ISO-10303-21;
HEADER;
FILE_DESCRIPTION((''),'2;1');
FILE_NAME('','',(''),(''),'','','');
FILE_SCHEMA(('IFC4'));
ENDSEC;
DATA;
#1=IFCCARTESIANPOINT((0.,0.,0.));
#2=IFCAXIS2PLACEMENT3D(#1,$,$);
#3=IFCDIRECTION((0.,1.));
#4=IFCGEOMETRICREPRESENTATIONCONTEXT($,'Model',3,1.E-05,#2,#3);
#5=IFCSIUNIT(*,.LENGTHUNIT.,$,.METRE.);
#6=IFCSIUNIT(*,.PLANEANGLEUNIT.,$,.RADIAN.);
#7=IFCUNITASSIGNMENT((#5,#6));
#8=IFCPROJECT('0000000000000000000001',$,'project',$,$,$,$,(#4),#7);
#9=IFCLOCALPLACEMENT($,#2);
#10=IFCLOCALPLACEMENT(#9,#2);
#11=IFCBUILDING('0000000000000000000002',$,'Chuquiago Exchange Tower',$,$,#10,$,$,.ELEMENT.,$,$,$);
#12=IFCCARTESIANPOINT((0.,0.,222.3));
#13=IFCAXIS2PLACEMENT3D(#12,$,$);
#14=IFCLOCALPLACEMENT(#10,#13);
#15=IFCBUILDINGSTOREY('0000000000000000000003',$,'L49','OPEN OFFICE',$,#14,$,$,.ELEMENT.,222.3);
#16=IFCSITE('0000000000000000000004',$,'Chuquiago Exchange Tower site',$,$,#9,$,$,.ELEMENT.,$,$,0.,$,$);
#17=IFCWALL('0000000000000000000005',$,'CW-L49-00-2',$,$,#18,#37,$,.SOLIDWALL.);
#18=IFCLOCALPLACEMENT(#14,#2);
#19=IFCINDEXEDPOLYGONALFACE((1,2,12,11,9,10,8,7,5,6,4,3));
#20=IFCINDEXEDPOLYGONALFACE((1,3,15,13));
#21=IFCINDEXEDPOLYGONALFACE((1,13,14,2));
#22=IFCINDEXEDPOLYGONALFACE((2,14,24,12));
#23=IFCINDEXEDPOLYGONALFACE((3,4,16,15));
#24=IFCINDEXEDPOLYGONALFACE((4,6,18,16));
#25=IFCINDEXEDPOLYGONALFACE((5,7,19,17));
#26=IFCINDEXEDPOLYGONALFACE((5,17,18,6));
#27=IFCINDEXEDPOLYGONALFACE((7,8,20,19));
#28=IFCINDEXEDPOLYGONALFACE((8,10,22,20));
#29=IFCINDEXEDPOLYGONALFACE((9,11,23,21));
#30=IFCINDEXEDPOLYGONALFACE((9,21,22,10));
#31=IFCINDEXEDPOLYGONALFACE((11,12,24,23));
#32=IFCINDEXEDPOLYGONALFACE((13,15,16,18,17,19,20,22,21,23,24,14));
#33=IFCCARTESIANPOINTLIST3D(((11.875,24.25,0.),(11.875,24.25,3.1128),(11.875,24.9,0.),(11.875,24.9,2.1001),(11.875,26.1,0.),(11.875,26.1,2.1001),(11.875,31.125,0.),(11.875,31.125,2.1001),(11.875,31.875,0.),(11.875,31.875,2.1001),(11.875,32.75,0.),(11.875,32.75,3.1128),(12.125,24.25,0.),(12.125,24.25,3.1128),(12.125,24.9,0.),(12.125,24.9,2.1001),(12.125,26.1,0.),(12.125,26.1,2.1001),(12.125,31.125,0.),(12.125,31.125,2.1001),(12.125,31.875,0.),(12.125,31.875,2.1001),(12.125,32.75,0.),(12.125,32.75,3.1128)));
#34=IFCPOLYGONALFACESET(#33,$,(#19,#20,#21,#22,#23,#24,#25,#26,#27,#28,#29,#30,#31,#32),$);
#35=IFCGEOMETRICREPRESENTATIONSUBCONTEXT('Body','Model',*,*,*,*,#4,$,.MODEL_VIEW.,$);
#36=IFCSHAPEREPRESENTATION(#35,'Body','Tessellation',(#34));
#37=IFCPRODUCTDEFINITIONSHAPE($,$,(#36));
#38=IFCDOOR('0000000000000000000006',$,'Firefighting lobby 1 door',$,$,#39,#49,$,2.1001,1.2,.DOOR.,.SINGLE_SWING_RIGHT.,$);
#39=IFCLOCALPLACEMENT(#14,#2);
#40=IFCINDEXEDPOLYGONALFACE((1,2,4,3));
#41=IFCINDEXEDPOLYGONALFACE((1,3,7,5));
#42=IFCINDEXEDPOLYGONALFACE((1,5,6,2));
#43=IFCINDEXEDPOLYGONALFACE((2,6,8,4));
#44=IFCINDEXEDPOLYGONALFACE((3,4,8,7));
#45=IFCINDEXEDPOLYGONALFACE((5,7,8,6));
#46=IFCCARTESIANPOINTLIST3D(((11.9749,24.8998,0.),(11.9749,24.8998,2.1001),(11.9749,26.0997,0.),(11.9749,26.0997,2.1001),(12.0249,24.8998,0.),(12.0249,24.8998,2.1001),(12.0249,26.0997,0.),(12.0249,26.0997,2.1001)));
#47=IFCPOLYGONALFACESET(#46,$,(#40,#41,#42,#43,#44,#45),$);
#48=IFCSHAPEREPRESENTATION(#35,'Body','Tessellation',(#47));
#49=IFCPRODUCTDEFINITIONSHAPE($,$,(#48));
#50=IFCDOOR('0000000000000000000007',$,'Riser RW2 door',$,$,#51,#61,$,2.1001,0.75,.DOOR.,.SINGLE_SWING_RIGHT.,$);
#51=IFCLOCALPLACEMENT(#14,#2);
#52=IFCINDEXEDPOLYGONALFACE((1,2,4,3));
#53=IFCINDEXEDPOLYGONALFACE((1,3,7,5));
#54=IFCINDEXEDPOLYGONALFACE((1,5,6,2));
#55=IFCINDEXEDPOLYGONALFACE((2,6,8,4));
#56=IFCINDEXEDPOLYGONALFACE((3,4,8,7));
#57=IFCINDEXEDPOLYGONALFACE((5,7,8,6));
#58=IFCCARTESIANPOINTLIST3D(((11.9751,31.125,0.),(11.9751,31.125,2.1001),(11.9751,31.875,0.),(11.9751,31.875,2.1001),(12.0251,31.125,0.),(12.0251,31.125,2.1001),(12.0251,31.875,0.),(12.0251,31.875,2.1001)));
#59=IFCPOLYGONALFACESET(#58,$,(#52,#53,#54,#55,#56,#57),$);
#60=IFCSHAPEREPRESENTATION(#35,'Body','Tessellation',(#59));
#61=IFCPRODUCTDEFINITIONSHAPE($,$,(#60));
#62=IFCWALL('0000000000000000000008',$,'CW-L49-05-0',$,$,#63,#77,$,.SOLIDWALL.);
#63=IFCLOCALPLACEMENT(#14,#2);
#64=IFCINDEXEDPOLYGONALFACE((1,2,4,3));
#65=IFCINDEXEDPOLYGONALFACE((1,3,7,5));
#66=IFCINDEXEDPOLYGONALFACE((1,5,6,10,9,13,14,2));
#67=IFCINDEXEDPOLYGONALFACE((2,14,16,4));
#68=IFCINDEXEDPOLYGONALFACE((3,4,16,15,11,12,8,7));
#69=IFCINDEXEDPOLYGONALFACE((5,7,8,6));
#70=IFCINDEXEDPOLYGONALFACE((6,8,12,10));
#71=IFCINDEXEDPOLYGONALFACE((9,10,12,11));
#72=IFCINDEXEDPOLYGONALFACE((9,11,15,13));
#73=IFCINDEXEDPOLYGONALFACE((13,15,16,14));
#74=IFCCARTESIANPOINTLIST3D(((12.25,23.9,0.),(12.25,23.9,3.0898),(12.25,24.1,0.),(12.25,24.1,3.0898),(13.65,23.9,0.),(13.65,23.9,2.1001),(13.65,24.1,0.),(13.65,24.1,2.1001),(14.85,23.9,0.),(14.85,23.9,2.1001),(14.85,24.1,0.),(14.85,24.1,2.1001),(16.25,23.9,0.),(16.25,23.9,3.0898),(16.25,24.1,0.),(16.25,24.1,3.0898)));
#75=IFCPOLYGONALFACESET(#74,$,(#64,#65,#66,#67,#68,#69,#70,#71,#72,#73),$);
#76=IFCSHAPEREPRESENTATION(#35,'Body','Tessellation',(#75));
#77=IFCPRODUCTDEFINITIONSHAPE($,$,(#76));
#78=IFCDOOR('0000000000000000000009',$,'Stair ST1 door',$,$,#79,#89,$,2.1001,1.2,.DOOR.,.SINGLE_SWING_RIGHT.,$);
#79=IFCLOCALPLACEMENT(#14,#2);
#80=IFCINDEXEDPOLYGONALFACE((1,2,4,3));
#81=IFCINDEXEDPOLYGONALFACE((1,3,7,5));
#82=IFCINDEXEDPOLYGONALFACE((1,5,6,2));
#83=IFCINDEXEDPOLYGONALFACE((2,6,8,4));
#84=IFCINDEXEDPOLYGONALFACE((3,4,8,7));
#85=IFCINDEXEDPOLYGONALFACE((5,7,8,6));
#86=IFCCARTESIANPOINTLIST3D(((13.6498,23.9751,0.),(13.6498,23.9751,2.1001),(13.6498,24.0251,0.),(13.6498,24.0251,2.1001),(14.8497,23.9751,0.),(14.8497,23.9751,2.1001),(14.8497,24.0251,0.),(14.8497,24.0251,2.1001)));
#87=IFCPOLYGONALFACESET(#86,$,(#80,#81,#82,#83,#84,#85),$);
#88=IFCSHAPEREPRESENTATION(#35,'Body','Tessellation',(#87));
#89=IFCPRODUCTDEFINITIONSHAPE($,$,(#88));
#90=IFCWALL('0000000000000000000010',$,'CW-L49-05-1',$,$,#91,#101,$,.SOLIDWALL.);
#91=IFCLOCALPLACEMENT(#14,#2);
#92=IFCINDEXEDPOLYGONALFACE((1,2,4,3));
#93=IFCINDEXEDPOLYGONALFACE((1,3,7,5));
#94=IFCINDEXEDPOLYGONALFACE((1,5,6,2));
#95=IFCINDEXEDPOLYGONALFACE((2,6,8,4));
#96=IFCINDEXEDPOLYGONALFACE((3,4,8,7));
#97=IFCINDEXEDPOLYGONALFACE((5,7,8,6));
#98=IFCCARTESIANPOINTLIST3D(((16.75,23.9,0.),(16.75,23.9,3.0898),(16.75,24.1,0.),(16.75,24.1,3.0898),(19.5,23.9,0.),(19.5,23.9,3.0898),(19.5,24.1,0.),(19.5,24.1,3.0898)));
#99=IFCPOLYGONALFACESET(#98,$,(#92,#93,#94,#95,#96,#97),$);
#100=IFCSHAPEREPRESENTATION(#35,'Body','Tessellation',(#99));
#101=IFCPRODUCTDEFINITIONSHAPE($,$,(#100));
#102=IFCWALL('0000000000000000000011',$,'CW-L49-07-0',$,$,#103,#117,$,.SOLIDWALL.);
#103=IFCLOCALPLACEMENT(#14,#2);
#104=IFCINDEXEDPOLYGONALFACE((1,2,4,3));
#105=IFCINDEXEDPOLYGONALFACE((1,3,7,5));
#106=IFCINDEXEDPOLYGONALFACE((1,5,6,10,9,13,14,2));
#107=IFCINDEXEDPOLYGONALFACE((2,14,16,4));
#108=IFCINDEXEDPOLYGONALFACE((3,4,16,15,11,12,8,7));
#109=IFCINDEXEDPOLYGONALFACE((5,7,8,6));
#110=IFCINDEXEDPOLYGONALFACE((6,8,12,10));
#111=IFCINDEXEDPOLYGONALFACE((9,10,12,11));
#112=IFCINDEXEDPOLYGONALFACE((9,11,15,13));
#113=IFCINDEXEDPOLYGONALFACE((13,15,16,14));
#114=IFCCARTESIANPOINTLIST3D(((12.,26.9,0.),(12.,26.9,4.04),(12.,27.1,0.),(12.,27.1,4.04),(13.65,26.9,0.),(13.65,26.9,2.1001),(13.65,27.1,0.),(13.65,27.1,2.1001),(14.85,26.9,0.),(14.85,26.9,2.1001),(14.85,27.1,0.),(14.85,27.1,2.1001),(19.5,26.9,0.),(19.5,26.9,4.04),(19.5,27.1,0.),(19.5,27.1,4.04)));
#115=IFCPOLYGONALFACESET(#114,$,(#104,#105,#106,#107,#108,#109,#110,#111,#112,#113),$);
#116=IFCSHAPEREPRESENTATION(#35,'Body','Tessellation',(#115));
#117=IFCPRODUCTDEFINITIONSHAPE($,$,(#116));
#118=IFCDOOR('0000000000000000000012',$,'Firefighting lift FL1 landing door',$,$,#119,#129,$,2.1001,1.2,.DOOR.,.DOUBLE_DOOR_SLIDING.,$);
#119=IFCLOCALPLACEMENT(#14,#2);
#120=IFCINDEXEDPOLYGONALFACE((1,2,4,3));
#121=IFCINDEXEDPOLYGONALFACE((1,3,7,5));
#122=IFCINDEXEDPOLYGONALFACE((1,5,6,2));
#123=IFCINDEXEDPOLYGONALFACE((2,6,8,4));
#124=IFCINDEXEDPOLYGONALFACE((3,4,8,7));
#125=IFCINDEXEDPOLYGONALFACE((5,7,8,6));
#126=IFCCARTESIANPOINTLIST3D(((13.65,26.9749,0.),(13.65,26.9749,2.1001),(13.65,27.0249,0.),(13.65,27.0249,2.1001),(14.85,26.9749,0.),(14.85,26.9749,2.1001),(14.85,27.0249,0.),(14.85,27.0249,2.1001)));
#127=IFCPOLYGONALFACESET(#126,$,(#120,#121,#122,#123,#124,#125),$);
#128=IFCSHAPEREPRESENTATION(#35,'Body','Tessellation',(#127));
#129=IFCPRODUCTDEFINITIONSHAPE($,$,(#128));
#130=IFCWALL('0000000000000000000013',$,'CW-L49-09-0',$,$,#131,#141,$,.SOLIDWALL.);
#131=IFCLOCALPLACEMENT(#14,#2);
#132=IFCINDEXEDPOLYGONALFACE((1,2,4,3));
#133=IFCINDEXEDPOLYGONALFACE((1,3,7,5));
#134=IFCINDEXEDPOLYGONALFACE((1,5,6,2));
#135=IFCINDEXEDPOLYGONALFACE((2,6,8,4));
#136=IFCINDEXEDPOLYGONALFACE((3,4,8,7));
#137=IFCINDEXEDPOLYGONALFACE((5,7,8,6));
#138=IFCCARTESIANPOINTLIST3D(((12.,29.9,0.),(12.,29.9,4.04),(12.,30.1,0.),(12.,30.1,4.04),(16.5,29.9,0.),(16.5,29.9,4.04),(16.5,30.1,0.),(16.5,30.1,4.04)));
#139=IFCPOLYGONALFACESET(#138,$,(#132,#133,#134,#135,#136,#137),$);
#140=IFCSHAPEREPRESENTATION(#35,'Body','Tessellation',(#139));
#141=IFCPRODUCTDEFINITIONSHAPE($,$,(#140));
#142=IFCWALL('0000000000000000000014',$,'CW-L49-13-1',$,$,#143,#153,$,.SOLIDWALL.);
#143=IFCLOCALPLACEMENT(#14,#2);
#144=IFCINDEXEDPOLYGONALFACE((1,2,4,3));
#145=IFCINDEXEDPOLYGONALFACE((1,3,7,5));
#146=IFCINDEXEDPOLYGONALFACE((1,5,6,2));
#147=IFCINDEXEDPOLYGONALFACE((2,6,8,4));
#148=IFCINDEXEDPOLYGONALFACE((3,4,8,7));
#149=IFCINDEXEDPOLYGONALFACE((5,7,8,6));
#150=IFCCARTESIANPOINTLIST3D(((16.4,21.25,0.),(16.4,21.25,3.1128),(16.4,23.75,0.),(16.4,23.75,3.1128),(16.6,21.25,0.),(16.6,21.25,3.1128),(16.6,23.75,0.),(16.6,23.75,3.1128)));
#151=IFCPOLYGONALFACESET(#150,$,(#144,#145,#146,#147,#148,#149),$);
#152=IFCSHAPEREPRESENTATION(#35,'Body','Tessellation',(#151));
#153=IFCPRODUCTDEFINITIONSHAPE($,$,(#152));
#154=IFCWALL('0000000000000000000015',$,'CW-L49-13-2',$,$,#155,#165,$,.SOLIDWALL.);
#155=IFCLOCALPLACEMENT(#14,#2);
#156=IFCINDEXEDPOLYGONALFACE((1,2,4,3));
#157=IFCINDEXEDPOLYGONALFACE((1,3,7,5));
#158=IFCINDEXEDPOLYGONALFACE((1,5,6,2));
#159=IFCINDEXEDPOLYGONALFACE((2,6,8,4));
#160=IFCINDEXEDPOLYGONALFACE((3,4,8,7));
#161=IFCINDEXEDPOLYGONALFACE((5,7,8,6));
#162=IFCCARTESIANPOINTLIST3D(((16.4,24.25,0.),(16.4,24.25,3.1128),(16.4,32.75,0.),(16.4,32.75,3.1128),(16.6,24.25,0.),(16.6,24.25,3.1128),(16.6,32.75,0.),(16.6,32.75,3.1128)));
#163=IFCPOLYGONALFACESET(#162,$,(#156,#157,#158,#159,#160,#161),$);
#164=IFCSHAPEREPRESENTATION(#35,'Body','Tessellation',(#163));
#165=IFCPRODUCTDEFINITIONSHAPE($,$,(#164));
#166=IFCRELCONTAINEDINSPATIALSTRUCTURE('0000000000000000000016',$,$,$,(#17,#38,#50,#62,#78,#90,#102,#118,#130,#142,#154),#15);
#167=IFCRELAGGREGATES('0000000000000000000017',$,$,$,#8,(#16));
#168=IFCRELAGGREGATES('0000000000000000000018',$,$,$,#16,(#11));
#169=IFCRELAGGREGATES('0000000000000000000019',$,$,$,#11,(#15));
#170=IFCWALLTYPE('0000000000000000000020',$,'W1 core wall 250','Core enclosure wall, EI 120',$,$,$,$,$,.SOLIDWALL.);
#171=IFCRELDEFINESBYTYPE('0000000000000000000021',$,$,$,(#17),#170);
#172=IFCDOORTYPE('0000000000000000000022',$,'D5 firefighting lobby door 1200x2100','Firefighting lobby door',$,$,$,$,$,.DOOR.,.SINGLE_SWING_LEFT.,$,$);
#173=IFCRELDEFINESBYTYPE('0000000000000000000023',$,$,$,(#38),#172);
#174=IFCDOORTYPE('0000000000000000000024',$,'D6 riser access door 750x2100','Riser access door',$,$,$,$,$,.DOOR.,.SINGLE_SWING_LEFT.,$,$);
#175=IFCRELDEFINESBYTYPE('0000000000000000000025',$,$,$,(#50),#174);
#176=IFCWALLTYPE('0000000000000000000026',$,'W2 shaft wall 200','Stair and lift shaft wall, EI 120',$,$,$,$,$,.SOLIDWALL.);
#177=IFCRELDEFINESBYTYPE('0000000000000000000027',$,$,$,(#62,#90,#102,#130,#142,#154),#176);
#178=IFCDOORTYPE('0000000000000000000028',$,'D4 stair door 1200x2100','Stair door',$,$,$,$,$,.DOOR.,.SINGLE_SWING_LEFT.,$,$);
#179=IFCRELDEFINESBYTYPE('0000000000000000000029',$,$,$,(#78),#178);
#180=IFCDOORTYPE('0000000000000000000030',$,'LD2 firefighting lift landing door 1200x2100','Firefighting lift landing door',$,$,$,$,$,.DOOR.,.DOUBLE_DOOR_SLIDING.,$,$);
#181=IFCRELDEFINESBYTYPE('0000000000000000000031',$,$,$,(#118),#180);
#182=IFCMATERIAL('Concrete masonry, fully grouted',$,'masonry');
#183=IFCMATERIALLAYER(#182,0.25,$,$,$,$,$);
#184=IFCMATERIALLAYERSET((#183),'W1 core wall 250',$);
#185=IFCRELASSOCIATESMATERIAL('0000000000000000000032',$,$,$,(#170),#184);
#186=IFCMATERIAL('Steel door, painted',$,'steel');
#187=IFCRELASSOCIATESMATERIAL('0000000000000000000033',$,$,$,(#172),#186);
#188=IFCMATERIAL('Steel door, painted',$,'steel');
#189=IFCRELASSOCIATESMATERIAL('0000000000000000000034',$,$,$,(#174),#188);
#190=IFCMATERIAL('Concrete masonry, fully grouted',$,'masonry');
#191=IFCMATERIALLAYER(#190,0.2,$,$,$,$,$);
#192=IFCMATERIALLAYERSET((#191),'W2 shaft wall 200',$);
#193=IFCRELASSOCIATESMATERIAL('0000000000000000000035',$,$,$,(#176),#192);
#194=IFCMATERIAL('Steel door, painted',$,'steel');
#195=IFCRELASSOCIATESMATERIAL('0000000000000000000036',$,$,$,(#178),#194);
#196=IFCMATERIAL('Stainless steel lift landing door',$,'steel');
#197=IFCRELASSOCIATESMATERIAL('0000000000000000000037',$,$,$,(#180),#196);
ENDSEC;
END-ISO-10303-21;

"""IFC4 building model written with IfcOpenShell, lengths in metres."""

from ifc_helpers import new_model, si_unit, direction, frame, frame_2d, origin, place, context, subcontext, project, spatial, rectangle, extrude, material, layer, layer_set, type_object, element, fill, save


model = new_model("IFC4")

# Units and contexts
model_context = context("Model", 3, precision=1e-05, world=origin(), true_north=direction((0.0, 1.0)))
body_context = subcontext(model_context, "Body", "Model", "MODEL_VIEW")
ifc_project = project(units=[si_unit("LENGTHUNIT", "METRE"), si_unit("PLANEANGLEUNIT", "RADIAN")], contexts=[model_context])

# Site, building, storey
site_placement = place(None, origin())
site = spatial("IfcSite", under=ifc_project, at=site_placement, Name="Chuquiago Exchange Tower site", CompositionType="ELEMENT", RefElevation=0.0)
building_placement = place(site_placement, origin())
building = spatial("IfcBuilding", under=site, at=building_placement, Name="Chuquiago Exchange Tower", CompositionType="ELEMENT")
storey_placement = place(building_placement, frame((0.0, 0.0, 222.3)))
storey = spatial("IfcBuildingStorey", under=building, at=storey_placement, Name="L49", Description="OPEN OFFICE", CompositionType="ELEMENT", Elevation=222.3)

# Shared definitions
ifc_material_1 = material(Name="Concrete masonry, fully grouted", Category="masonry")
ifc_layer_1 = layer(ifc_material_1, 0.25)
ifc_layer_set_1 = layer_set([ifc_layer_1], Name="W1 core wall 250")
wall_type_1 = type_object("IfcWallType", Name="W1 core wall 250", Description="Core enclosure wall, EI 120", PredefinedType="SOLIDWALL", material=ifc_layer_set_1)

# Wall, openings, doors
wall_1_placement = place(storey_placement, frame((12.0, 24.25, 0.0), z_axis=(0.0, 0.0, 1.0), x_axis=(0.0, 1.0, 0.0)))
wall_1 = element("IfcWall", 1, at=wall_1_placement, inside=storey, type_object=wall_type_1, Name="CW-L49-00-2", PredefinedType="SOLIDWALL", context=body_context, shape_type="SweptSolid", body=[
    extrude(rectangle(XDim=8.5, YDim=0.25, at=frame_2d((4.25, 0.0))), origin(), (0.0, 0.0, 1.0), 3.1128),
])
opening_1_placement = place(wall_1_placement, frame((0.6499, 0.0, 0.0)))
opening_1 = element("IfcOpeningElement", 2, at=opening_1_placement, cuts=wall_1, PredefinedType="OPENING", context=body_context, shape_type="SweptSolid", body=[
    extrude(rectangle(XDim=1.2, YDim=2.1001, at=frame_2d((0.6001, 1.05))), frame((0.0, 0.135, 0.0), z_axis=(0.0, -1.0, 0.0), x_axis=(1.0, 0.0, 0.0)), (0.0, 0.0, 1.0), 0.27),
])
opening_2_placement = place(wall_1_placement, frame((6.875, 0.0, 0.0)))
opening_2 = element("IfcOpeningElement", 3, at=opening_2_placement, cuts=wall_1, PredefinedType="OPENING", context=body_context, shape_type="SweptSolid", body=[
    extrude(rectangle(XDim=0.75, YDim=2.1001, at=frame_2d((0.375, 1.05))), frame((0.0, 0.135, 0.0), z_axis=(0.0, -1.0, 0.0), x_axis=(1.0, 0.0, 0.0)), (0.0, 0.0, 1.0), 0.27),
])
ifc_material_2 = material(Name="Steel door, painted", Category="steel")
door_type_1 = type_object("IfcDoorType", Name="D5 firefighting lobby door 1200x2100", Description="Firefighting lobby door", OperationType="SINGLE_SWING_LEFT", PredefinedType="DOOR", material=ifc_material_2)
door_1_placement = place(opening_1_placement, frame((1.2, 0.0, 0.0), z_axis=(0.0, 0.0, 1.0), x_axis=(-1.0, 0.0, 0.0)))
door_1 = element("IfcDoor", 4, at=door_1_placement, inside=storey, type_object=door_type_1, Name="Firefighting lobby 1 door", OperationType="SINGLE_SWING_RIGHT", OverallHeight=2.1001, OverallWidth=1.2, PredefinedType="DOOR", context=body_context, shape_type="SweptSolid", body=[
    extrude(rectangle(XDim=1.2, YDim=2.1001, at=frame_2d((0.6001, 1.05))), frame((0.0, 0.0249, 0.0), z_axis=(0.0, -1.0, 0.0), x_axis=(1.0, 0.0, 0.0)), (0.0, 0.0, 1.0), 0.05),
])
fill(opening_1, door_1)
ifc_material_3 = material(Name="Steel door, painted", Category="steel")
door_type_2 = type_object("IfcDoorType", Name="D6 riser access door 750x2100", Description="Riser access door", OperationType="SINGLE_SWING_LEFT", PredefinedType="DOOR", material=ifc_material_3)
door_2_placement = place(opening_2_placement, origin())
door_2 = element("IfcDoor", 5, at=door_2_placement, inside=storey, type_object=door_type_2, Name="Riser RW2 door", OperationType="SINGLE_SWING_RIGHT", OverallHeight=2.1001, OverallWidth=0.75, PredefinedType="DOOR", context=body_context, shape_type="SweptSolid", body=[
    extrude(rectangle(XDim=0.75, YDim=2.1001, at=frame_2d((0.375, 1.05))), frame((0.0, 0.0249, 0.0), z_axis=(0.0, -1.0, 0.0), x_axis=(1.0, 0.0, 0.0)), (0.0, 0.0, 1.0), 0.05),
])
fill(opening_2, door_2)

# Wall, opening, door
ifc_material_4 = material(Name="Concrete masonry, fully grouted", Category="masonry")
ifc_layer_2 = layer(ifc_material_4, 0.2)
ifc_layer_set_2 = layer_set([ifc_layer_2], Name="W2 shaft wall 200")
wall_type_2 = type_object("IfcWallType", Name="W2 shaft wall 200", Description="Stair and lift shaft wall, EI 120", PredefinedType="SOLIDWALL", material=ifc_layer_set_2)
wall_2_placement = place(storey_placement, frame((12.25, 24.0, 0.0), z_axis=(0.0, 0.0, 1.0), x_axis=(1.0, 0.0, 0.0)))
wall_2 = element("IfcWall", 6, at=wall_2_placement, inside=storey, type_object=wall_type_2, Name="CW-L49-05-0", PredefinedType="SOLIDWALL", context=body_context, shape_type="SweptSolid", body=[
    extrude(rectangle(XDim=4.0, YDim=0.2, at=frame_2d((2.0, 0.0))), origin(), (0.0, 0.0, 1.0), 3.0898),
])
opening_3_placement = place(wall_2_placement, frame((1.3999, 0.0, 0.0)))
opening_3 = element("IfcOpeningElement", 7, at=opening_3_placement, cuts=wall_2, PredefinedType="OPENING", context=body_context, shape_type="SweptSolid", body=[
    extrude(rectangle(XDim=1.2, YDim=2.1001, at=frame_2d((0.6001, 1.05))), frame((0.0, 0.1099, 0.0), z_axis=(0.0, -1.0, 0.0), x_axis=(1.0, 0.0, 0.0)), (0.0, 0.0, 1.0), 0.22),
])
ifc_material_5 = material(Name="Steel door, painted", Category="steel")
door_type_3 = type_object("IfcDoorType", Name="D4 stair door 1200x2100", Description="Stair door", OperationType="SINGLE_SWING_LEFT", PredefinedType="DOOR", material=ifc_material_5)
door_3_placement = place(opening_3_placement, frame((1.2, 0.0, 0.0), z_axis=(0.0, 0.0, 1.0), x_axis=(-1.0, 0.0, 0.0)))
door_3 = element("IfcDoor", 8, at=door_3_placement, inside=storey, type_object=door_type_3, Name="Stair ST1 door", OperationType="SINGLE_SWING_RIGHT", OverallHeight=2.1001, OverallWidth=1.2, PredefinedType="DOOR", context=body_context, shape_type="SweptSolid", body=[
    extrude(rectangle(XDim=1.2, YDim=2.1001, at=frame_2d((0.6001, 1.05))), frame((0.0, 0.0249, 0.0), z_axis=(0.0, -1.0, 0.0), x_axis=(1.0, 0.0, 0.0)), (0.0, 0.0, 1.0), 0.05),
])
fill(opening_3, door_3)

# Wall
wall_3_placement = place(storey_placement, frame((16.75, 24.0, 0.0), z_axis=(0.0, 0.0, 1.0), x_axis=(1.0, 0.0, 0.0)))
element("IfcWall", 9, at=wall_3_placement, inside=storey, type_object=wall_type_2, Name="CW-L49-05-1", PredefinedType="SOLIDWALL", context=body_context, shape_type="SweptSolid", body=[
    extrude(rectangle(XDim=2.75, YDim=0.2, at=frame_2d((1.375, 0.0))), origin(), (0.0, 0.0, 1.0), 3.0898),
])

# Wall, opening, door
wall_4_placement = place(storey_placement, frame((12.0, 27.0, 0.0), z_axis=(0.0, 0.0, 1.0), x_axis=(1.0, 0.0, 0.0)))
wall_4 = element("IfcWall", 10, at=wall_4_placement, inside=storey, type_object=wall_type_2, Name="CW-L49-07-0", PredefinedType="SOLIDWALL", context=body_context, shape_type="SweptSolid", body=[
    extrude(rectangle(XDim=7.5, YDim=0.2, at=frame_2d((3.75, 0.0))), origin(), (0.0, 0.0, 1.0), 4.04),
])
opening_4_placement = place(wall_4_placement, frame((1.6499, 0.0, 0.0)))
opening_4 = element("IfcOpeningElement", 11, at=opening_4_placement, cuts=wall_4, PredefinedType="OPENING", context=body_context, shape_type="SweptSolid", body=[
    extrude(rectangle(XDim=1.2, YDim=2.1001, at=frame_2d((0.6001, 1.05))), frame((0.0, 0.1099, 0.0), z_axis=(0.0, -1.0, 0.0), x_axis=(1.0, 0.0, 0.0)), (0.0, 0.0, 1.0), 0.22),
])
ifc_material_6 = material(Name="Stainless steel lift landing door", Category="steel")
door_type_4 = type_object("IfcDoorType", Name="LD2 firefighting lift landing door 1200x2100", Description="Firefighting lift landing door", OperationType="DOUBLE_DOOR_SLIDING", PredefinedType="DOOR", material=ifc_material_6)
door_4_placement = place(opening_4_placement, origin())
door_4 = element("IfcDoor", 12, at=door_4_placement, inside=storey, type_object=door_type_4, Name="Firefighting lift FL1 landing door", OperationType="DOUBLE_DOOR_SLIDING", OverallHeight=2.1001, OverallWidth=1.2, PredefinedType="DOOR", context=body_context, shape_type="SweptSolid", body=[
    extrude(rectangle(XDim=1.2, YDim=2.1001, at=frame_2d((0.6001, 1.05))), frame((0.0, 0.0249, 0.0), z_axis=(0.0, -1.0, 0.0), x_axis=(1.0, 0.0, 0.0)), (0.0, 0.0, 1.0), 0.05),
])
fill(opening_4, door_4)

# Walls
wall_5_placement = place(storey_placement, frame((12.0, 30.0, 0.0), z_axis=(0.0, 0.0, 1.0), x_axis=(1.0, 0.0, 0.0)))
element("IfcWall", 13, at=wall_5_placement, inside=storey, type_object=wall_type_2, Name="CW-L49-09-0", PredefinedType="SOLIDWALL", context=body_context, shape_type="SweptSolid", body=[
    extrude(rectangle(XDim=4.5, YDim=0.2, at=frame_2d((2.25, 0.0))), origin(), (0.0, 0.0, 1.0), 4.04),
])
wall_6_placement = place(storey_placement, frame((16.5, 21.25, 0.0), z_axis=(0.0, 0.0, 1.0), x_axis=(0.0, 1.0, 0.0)))
element("IfcWall", 14, at=wall_6_placement, inside=storey, type_object=wall_type_2, Name="CW-L49-13-1", PredefinedType="SOLIDWALL", context=body_context, shape_type="SweptSolid", body=[
    extrude(rectangle(XDim=2.5, YDim=0.2, at=frame_2d((1.25, 0.0))), origin(), (0.0, 0.0, 1.0), 3.1128),
])
wall_7_placement = place(storey_placement, frame((16.5, 24.25, 0.0), z_axis=(0.0, 0.0, 1.0), x_axis=(0.0, 1.0, 0.0)))
element("IfcWall", 15, at=wall_7_placement, inside=storey, type_object=wall_type_2, Name="CW-L49-13-2", PredefinedType="SOLIDWALL", context=body_context, shape_type="SweptSolid", body=[
    extrude(rectangle(XDim=8.5, YDim=0.2, at=frame_2d((4.25, 0.0))), origin(), (0.0, 0.0, 1.0), 3.1128),
])

save(model, "model.ifc")
